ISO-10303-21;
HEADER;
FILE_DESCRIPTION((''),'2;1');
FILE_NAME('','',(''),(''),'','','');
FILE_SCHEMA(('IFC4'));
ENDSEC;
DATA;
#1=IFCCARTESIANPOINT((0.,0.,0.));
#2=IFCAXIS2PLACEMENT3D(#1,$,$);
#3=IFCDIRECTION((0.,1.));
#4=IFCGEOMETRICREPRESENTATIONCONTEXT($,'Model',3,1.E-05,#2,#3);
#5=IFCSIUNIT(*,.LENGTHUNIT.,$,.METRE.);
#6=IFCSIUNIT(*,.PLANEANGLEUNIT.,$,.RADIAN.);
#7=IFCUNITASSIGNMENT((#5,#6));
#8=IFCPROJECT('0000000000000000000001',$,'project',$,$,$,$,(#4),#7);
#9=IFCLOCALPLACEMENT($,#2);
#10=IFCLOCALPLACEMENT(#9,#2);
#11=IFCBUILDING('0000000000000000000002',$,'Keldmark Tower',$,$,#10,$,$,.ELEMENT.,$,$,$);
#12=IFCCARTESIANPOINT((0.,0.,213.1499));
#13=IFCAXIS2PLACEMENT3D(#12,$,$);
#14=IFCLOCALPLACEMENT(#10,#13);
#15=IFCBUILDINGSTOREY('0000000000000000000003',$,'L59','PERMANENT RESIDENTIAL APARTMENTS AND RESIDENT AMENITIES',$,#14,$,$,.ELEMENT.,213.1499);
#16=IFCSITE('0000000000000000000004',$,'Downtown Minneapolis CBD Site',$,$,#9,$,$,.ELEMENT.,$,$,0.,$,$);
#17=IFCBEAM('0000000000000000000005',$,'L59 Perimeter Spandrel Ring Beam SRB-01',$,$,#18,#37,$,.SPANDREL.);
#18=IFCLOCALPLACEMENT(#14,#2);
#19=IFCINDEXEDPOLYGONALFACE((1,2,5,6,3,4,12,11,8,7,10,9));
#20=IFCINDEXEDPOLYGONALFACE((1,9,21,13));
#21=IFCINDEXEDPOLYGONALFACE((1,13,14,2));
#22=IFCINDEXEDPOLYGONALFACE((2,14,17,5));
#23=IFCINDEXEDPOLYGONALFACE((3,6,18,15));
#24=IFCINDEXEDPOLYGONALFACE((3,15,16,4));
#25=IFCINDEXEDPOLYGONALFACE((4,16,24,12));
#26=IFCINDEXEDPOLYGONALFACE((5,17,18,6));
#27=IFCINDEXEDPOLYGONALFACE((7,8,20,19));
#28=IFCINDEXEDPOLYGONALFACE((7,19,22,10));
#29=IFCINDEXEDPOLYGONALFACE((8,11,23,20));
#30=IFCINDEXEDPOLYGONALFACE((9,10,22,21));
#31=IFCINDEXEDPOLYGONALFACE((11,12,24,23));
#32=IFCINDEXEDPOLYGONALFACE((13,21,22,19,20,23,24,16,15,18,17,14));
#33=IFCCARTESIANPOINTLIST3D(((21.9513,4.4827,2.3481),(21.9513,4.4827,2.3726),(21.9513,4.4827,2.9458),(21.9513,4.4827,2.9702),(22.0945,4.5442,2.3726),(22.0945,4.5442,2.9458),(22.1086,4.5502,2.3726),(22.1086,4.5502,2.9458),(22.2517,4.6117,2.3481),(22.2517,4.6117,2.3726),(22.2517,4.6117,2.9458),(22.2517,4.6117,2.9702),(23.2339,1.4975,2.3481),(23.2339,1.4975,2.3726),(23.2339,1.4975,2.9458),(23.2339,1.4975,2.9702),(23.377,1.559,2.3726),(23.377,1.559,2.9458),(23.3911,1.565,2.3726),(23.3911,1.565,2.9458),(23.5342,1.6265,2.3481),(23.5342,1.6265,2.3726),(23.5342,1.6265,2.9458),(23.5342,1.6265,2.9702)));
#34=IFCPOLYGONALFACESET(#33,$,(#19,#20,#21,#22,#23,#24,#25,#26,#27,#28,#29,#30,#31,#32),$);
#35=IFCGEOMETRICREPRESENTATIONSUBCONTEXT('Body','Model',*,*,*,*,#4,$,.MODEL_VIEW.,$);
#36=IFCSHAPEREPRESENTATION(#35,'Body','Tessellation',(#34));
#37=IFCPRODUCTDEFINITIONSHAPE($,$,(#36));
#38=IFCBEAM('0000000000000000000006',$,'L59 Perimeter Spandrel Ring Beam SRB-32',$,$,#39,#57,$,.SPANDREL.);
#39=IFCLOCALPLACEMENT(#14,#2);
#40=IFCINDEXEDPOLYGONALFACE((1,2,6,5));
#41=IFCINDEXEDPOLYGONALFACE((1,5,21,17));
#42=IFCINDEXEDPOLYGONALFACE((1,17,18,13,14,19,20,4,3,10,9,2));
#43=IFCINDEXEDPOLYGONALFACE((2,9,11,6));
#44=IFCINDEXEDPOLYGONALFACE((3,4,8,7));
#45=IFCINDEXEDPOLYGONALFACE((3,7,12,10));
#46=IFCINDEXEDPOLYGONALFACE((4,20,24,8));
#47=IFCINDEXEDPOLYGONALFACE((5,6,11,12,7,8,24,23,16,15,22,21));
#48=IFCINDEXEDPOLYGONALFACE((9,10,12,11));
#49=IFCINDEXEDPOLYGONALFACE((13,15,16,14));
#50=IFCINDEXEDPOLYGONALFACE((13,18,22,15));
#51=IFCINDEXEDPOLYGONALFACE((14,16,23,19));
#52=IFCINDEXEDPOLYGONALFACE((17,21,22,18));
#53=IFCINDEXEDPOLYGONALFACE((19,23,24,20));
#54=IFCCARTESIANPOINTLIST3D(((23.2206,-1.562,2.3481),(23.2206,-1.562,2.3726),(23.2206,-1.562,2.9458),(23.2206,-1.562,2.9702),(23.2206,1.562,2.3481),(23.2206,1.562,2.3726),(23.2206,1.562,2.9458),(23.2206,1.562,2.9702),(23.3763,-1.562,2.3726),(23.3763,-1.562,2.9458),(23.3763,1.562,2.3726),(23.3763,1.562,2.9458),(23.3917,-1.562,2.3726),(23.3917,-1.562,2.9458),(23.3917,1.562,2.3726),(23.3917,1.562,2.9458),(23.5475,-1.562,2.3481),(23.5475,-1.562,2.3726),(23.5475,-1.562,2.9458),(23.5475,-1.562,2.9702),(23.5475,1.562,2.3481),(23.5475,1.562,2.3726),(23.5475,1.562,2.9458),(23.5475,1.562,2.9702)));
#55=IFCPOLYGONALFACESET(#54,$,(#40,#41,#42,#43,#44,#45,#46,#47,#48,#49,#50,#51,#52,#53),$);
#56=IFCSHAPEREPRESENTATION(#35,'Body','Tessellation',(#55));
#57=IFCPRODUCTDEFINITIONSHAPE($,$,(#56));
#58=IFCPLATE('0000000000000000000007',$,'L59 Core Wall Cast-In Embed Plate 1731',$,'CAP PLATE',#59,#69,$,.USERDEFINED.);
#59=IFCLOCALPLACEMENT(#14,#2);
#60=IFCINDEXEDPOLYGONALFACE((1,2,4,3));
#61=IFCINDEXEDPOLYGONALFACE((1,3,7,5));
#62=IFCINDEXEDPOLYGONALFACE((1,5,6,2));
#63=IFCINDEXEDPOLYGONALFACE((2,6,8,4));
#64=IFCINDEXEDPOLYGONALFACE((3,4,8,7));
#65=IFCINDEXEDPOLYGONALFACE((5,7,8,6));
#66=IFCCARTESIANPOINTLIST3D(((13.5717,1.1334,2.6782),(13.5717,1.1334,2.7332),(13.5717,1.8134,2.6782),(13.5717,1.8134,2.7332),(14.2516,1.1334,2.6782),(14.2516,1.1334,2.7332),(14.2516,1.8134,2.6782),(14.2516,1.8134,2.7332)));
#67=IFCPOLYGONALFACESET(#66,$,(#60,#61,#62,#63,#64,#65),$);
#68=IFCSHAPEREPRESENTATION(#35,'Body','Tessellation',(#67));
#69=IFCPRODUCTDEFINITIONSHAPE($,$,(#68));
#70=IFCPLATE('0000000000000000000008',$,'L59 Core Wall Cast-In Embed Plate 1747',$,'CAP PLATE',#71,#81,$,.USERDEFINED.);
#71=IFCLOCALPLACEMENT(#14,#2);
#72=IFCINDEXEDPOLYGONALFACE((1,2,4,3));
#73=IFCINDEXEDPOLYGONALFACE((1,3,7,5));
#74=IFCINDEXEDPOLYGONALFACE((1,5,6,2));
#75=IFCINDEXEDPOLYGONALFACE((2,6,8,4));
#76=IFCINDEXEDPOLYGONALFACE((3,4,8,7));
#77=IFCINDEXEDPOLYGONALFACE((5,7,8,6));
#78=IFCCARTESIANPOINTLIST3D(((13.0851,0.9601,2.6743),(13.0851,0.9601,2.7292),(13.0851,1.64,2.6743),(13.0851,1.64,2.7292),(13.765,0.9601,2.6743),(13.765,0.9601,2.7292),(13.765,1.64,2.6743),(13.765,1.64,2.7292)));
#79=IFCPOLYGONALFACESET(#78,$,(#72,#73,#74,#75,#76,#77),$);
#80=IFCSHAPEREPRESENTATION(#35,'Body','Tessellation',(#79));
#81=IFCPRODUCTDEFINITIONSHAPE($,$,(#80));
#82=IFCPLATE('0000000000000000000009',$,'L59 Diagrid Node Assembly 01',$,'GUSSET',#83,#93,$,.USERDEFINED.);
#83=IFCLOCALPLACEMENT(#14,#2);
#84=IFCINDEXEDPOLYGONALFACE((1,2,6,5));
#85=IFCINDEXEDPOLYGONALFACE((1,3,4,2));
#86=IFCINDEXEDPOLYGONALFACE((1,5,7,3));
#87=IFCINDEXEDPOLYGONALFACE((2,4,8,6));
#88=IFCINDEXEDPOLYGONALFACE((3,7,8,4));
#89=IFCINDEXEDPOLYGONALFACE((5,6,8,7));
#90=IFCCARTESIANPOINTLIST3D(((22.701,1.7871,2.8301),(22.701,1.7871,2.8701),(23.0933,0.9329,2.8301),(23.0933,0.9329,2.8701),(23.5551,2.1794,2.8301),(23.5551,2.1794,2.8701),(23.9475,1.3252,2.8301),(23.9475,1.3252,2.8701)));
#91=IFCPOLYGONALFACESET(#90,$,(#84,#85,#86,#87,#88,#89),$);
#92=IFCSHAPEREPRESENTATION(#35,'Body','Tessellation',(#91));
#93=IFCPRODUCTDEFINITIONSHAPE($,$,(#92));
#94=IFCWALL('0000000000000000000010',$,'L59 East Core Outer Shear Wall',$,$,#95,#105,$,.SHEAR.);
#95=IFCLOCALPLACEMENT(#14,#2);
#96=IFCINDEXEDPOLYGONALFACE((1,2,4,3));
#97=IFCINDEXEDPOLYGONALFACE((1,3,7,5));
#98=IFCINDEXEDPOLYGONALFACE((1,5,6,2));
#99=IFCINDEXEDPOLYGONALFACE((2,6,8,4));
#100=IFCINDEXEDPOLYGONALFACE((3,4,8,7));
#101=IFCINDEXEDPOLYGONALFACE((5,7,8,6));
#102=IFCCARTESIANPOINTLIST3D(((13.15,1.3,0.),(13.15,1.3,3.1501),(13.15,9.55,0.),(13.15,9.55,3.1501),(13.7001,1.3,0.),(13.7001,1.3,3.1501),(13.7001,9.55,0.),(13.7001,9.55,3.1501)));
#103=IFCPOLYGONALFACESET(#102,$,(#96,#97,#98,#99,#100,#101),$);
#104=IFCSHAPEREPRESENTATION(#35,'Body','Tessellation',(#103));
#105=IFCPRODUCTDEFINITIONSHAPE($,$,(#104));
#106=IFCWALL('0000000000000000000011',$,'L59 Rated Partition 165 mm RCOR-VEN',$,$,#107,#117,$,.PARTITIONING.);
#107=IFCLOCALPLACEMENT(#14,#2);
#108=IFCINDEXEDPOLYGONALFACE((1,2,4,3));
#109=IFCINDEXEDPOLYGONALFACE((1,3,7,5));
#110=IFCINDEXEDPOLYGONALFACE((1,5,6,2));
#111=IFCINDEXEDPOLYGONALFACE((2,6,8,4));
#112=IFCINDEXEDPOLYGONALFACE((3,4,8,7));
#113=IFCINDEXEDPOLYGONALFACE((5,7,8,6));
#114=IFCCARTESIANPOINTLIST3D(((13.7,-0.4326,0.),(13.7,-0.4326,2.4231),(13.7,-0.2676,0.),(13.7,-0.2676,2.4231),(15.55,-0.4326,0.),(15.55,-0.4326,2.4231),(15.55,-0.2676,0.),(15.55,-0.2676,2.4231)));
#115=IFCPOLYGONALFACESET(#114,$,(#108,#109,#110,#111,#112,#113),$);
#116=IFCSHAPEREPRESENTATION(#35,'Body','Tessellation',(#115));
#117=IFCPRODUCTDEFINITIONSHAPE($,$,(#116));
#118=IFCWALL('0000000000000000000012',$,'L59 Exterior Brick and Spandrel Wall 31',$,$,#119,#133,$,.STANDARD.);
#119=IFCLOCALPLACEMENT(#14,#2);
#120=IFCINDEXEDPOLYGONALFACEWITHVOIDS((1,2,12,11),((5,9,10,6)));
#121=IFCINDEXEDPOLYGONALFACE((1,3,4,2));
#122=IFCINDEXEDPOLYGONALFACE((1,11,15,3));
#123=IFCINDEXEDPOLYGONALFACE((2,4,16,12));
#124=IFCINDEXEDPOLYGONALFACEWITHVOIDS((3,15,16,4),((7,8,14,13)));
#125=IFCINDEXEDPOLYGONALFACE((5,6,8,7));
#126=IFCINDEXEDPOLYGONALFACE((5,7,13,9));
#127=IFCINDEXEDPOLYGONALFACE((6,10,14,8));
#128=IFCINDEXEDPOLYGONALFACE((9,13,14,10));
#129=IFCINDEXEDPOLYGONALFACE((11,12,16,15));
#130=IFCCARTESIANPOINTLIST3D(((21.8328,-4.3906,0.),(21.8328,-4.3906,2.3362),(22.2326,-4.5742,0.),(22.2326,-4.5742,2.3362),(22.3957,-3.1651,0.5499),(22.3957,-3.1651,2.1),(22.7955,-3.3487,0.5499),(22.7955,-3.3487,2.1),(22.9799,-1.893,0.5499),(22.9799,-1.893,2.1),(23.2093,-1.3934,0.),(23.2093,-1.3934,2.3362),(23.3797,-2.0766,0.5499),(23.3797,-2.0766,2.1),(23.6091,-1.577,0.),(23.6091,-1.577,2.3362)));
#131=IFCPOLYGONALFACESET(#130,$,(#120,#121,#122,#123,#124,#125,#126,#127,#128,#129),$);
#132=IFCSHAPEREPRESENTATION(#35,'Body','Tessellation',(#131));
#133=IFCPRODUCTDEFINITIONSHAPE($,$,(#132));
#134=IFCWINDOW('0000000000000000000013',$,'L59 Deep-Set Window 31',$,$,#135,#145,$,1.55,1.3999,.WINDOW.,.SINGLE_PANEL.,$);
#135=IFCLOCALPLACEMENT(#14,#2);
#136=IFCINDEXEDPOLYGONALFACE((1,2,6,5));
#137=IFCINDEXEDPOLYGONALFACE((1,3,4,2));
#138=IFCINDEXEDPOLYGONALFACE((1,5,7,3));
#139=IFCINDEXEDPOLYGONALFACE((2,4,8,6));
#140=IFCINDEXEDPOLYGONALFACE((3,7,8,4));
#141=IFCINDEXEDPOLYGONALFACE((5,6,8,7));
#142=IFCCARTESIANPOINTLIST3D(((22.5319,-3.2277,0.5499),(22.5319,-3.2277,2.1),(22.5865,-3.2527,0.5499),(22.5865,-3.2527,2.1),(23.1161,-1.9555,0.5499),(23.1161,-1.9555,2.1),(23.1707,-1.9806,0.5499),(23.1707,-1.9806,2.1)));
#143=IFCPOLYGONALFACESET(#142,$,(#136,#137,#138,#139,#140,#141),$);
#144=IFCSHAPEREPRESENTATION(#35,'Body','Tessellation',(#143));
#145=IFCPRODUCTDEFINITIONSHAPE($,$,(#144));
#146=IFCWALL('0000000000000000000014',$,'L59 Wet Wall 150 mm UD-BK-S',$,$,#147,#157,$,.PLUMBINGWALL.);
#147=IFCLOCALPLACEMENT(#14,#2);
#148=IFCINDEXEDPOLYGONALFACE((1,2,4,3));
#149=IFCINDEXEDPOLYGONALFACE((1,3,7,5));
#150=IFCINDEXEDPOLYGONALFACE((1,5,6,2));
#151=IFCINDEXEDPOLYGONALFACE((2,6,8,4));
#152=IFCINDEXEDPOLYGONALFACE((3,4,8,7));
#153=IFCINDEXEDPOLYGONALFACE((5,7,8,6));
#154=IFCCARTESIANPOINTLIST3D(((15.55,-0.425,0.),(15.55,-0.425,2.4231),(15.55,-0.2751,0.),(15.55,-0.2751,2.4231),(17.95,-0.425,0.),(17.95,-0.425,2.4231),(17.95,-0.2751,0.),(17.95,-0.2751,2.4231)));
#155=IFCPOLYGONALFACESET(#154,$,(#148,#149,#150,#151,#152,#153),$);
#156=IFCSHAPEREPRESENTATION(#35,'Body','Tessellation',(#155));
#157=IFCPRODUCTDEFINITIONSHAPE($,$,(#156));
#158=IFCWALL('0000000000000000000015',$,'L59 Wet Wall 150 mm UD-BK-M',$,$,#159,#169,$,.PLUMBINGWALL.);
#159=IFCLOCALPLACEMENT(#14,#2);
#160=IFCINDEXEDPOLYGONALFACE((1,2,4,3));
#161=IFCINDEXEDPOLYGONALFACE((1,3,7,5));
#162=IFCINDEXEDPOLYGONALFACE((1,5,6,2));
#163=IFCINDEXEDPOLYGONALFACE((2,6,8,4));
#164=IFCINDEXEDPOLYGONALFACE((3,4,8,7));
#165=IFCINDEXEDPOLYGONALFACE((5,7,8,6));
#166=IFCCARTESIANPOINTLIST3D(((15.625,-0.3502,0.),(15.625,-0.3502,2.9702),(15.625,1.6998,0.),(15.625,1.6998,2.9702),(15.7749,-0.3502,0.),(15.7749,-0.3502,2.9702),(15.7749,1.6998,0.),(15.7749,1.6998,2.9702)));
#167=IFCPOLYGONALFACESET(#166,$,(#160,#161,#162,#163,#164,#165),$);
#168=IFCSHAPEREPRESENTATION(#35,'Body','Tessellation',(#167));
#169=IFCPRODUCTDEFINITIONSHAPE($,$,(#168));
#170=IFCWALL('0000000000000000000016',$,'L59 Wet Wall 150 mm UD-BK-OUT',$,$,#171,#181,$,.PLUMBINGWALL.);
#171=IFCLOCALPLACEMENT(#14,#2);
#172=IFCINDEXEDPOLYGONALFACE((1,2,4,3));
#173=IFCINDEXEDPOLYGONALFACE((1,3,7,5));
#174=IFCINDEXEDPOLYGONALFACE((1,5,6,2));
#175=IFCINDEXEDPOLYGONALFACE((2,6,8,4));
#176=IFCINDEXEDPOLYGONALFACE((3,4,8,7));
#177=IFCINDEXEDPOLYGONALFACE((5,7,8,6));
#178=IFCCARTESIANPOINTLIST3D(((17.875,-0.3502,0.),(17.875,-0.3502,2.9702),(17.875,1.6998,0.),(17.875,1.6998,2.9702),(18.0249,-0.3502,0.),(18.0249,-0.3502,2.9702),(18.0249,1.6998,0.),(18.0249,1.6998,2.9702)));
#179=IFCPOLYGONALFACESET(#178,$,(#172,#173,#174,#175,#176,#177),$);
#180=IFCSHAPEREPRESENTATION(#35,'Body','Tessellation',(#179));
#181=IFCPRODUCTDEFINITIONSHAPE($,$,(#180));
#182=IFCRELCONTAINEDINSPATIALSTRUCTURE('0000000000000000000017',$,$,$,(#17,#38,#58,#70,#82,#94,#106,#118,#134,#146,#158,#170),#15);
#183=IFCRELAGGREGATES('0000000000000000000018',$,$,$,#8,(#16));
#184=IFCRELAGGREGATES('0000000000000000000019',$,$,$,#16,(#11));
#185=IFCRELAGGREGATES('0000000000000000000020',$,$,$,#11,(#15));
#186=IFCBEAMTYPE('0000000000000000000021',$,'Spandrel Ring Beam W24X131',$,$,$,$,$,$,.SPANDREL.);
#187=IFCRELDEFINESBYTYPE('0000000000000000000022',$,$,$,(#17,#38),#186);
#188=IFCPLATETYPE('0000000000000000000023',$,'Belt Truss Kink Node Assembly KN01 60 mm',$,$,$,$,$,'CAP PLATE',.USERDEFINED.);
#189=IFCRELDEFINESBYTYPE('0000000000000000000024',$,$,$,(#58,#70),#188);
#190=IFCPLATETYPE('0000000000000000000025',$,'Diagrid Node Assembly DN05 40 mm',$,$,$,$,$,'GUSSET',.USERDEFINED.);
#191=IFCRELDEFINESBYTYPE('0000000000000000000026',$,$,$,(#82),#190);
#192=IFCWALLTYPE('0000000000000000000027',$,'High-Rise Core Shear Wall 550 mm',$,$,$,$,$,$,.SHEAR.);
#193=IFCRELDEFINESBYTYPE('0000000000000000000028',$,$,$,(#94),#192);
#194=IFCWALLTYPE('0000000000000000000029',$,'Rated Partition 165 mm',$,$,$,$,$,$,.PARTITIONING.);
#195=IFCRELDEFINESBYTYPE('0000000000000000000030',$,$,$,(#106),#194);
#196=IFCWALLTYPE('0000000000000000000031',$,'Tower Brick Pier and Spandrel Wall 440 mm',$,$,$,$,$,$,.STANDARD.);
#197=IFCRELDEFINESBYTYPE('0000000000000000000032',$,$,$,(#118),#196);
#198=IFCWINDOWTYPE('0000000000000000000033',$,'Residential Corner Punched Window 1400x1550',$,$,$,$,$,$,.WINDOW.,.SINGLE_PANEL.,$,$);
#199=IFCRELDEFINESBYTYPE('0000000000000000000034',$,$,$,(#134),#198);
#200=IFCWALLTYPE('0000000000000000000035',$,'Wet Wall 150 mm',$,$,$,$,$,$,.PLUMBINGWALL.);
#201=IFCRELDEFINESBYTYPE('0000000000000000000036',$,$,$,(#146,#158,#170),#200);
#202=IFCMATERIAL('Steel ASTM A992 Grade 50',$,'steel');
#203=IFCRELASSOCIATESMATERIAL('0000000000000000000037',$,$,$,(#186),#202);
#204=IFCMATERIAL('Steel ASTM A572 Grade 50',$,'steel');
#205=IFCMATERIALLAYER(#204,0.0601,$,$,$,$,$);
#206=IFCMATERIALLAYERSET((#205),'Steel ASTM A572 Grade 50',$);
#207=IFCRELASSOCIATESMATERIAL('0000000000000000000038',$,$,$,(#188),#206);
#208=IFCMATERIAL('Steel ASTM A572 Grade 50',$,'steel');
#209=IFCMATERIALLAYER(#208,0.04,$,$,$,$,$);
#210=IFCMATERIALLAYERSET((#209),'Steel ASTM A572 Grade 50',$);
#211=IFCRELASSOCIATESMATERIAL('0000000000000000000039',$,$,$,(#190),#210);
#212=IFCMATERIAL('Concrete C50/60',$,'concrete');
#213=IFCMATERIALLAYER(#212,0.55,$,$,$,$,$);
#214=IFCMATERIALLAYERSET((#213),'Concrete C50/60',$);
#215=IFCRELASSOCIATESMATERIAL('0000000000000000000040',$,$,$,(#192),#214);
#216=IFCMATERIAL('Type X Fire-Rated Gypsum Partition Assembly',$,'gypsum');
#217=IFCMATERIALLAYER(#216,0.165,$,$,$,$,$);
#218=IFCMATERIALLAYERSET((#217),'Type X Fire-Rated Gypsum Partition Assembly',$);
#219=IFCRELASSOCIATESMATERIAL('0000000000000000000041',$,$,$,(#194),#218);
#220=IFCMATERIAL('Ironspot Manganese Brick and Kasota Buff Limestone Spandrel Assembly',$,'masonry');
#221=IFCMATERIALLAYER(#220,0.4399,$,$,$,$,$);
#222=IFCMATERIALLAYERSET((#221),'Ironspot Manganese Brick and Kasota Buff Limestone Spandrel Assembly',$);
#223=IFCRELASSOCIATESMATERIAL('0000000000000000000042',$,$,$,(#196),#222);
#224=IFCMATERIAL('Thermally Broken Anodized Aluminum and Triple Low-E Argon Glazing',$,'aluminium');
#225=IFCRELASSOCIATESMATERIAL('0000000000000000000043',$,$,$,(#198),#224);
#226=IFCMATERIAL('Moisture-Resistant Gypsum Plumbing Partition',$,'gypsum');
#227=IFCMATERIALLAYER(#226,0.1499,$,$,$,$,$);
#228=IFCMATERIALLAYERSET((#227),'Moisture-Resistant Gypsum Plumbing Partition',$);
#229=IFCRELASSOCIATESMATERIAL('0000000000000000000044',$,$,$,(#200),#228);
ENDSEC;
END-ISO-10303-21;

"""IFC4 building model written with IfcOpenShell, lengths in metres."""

from ifc_helpers import new_model, si_unit, direction, frame, frame_2d, origin, origin_2d, place, context, subcontext, project, spatial, rectangle, i_section, extrude, material, layer, layer_set, material_profile, profile_set, type_object, element, fill, save


model = new_model("IFC4")

# Units and contexts
model_context = context("Model", 3, precision=1e-05, world=origin(), true_north=direction((0.0, 1.0)))
body_context = subcontext(model_context, "Body", "Model", "MODEL_VIEW")
ifc_project = project(units=[si_unit("LENGTHUNIT", "METRE"), si_unit("PLANEANGLEUNIT", "RADIAN")], contexts=[model_context])

# Site, building, storey
site_placement = place(None, origin())
site = spatial("IfcSite", under=ifc_project, at=site_placement, Name="Downtown Minneapolis CBD Site", CompositionType="ELEMENT", RefElevation=0.0)
building_placement = place(site_placement, origin())
building = spatial("IfcBuilding", under=site, at=building_placement, Name="Keldmark Tower", CompositionType="ELEMENT")
storey_placement = place(building_placement, frame((0.0, 0.0, 213.1499)))
storey = spatial("IfcBuildingStorey", under=building, at=storey_placement, Name="L59", Description="PERMANENT RESIDENTIAL APARTMENTS AND RESIDENT AMENITIES", CompositionType="ELEMENT", Elevation=213.1499)

# Beams
ifc_material_1 = material(Name="Steel ASTM A992 Grade 50", Category="steel")
ifc_material_profile_1 = material_profile(ifc_material_1, i_section(OverallWidth=0.3269, OverallDepth=0.6221, WebThickness=0.0154, FlangeThickness=0.0244, at=origin_2d()), Name="W24X131")
ifc_profile_set_1 = profile_set([ifc_material_profile_1], Name="Steel ASTM A992 Grade 50")
beam_type_1 = type_object("IfcBeamType", Name="Spandrel Ring Beam W24X131", PredefinedType="SPANDREL", material=ifc_profile_set_1)
beam_1_placement = place(storey_placement, frame((23.384, 1.562, 2.6592), z_axis=(-0.394735, 0.918795, 0.0), x_axis=(-0.918795, -0.394735, 0.0)))
element("IfcBeam", 1, at=beam_1_placement, inside=storey, type_object=beam_type_1, Name="L59 Perimeter Spandrel Ring Beam SRB-01", PredefinedType="SPANDREL", context=body_context, shape_type="SweptSolid", body=[
    extrude(i_section(OverallWidth=0.3269, OverallDepth=0.6221, WebThickness=0.0154, FlangeThickness=0.0244, at=origin_2d()), origin(), (0.0, 0.0, 1.0), 3.249),
])
beam_2_placement = place(storey_placement, frame((23.384, -1.562, 2.6592), z_axis=(0.0, 1.0, 0.0), x_axis=(-1.0, 0.0, 0.0)))
element("IfcBeam", 2, at=beam_2_placement, inside=storey, type_object=beam_type_1, Name="L59 Perimeter Spandrel Ring Beam SRB-32", PredefinedType="SPANDREL", context=body_context, shape_type="SweptSolid", body=[
    extrude(i_section(OverallWidth=0.3269, OverallDepth=0.6221, WebThickness=0.0154, FlangeThickness=0.0244, at=origin_2d()), origin(), (0.0, 0.0, 1.0), 3.124),
])

# Plates
ifc_material_2 = material(Name="Steel ASTM A572 Grade 50", Category="steel")
ifc_layer_1 = layer(ifc_material_2, 0.0601)
ifc_layer_set_1 = layer_set([ifc_layer_1], Name="Steel ASTM A572 Grade 50")
plate_type_1 = type_object("IfcPlateType", Name="Belt Truss Kink Node Assembly KN01 60 mm", ElementType="CAP PLATE", PredefinedType="USERDEFINED", material=ifc_layer_set_1)
for number, where, z_axis, x_axis, name in (
    (3, (13.9116, 1.4734, 2.6782), (0.0, 0.0, 1.0), (1.0, 0.0, 0.0), "L59 Core Wall Cast-In Embed Plate 1731"),
    (4, (13.425, 1.3, 2.6743), (0.0, 0.0, 1.0), (1.0, 0.0, 0.0), "L59 Core Wall Cast-In Embed Plate 1747"),
):
    element("IfcPlate", number, at=place(storey_placement, frame(where, z_axis=z_axis, x_axis=x_axis)), inside=storey, type_object=plate_type_1, Name=name, ObjectType="CAP PLATE", PredefinedType="USERDEFINED", context=body_context, shape_type="SweptSolid", body=[
        extrude(rectangle(XDim=0.6799, YDim=0.6799, at=origin_2d()), origin(), (0.0, 0.0, 1.0), 0.0549),
    ])
ifc_material_3 = material(Name="Steel ASTM A572 Grade 50", Category="steel")
ifc_layer_2 = layer(ifc_material_3, 0.04)
ifc_layer_set_2 = layer_set([ifc_layer_2], Name="Steel ASTM A572 Grade 50")
plate_type_2 = type_object("IfcPlateType", Name="Diagrid Node Assembly DN05 40 mm", ElementType="GUSSET", PredefinedType="USERDEFINED", material=ifc_layer_set_2)
plate_placement = place(storey_placement, frame((23.3242, 1.5562, 2.8301), z_axis=(0.0, 0.0, 1.0), x_axis=(-0.417391, 0.908727, 0.0)))
element("IfcPlate", 5, at=plate_placement, inside=storey, type_object=plate_type_2, Name="L59 Diagrid Node Assembly 01", ObjectType="GUSSET", PredefinedType="USERDEFINED", context=body_context, shape_type="SweptSolid", body=[
    extrude(rectangle(XDim=0.9399, YDim=0.9399, at=origin_2d()), origin(), (0.0, 0.0, 1.0), 0.04),
])

# Wall
ifc_material_4 = material(Name="Concrete C50/60", Category="concrete")
ifc_layer_3 = layer(ifc_material_4, 0.55)
ifc_layer_set_3 = layer_set([ifc_layer_3], Name="Concrete C50/60")
wall_type_1 = type_object("IfcWallType", Name="High-Rise Core Shear Wall 550 mm", PredefinedType="SHEAR", material=ifc_layer_set_3)
wall_1_placement = place(storey_placement, frame((13.425, 1.3, 0.0), z_axis=(0.0, 0.0, 1.0), x_axis=(0.0, 1.0, 0.0)))
element("IfcWall", 6, at=wall_1_placement, inside=storey, type_object=wall_type_1, Name="L59 East Core Outer Shear Wall", PredefinedType="SHEAR", context=body_context, shape_type="SweptSolid", body=[
    extrude(rectangle(XDim=8.25, YDim=0.55, at=frame_2d((4.125, 0.0))), origin(), (0.0, 0.0, 1.0), 3.1501),
])

# Shared definitions
ifc_material_5 = material(Name="Type X Fire-Rated Gypsum Partition Assembly", Category="gypsum")
ifc_layer_4 = layer(ifc_material_5, 0.165)
ifc_layer_set_4 = layer_set([ifc_layer_4], Name="Type X Fire-Rated Gypsum Partition Assembly")
wall_type_2 = type_object("IfcWallType", Name="Rated Partition 165 mm", PredefinedType="PARTITIONING", material=ifc_layer_set_4)

# Wall
wall_2_placement = place(storey_placement, frame((13.7, -0.3501, 0.0), z_axis=(0.0, 0.0, 1.0), x_axis=(1.0, 0.0, 0.0)))
element("IfcWall", 7, at=wall_2_placement, inside=storey, type_object=wall_type_2, Name="L59 Rated Partition 165 mm RCOR-VEN", PredefinedType="PARTITIONING", context=body_context, shape_type="SweptSolid", body=[
    extrude(rectangle(XDim=1.8501, YDim=0.165, at=frame_2d((0.925, 0.0))), origin(), (0.0, 0.0, 1.0), 2.4231),
])

# Wall, opening, window
ifc_material_6 = material(Name="Ironspot Manganese Brick and Kasota Buff Limestone Spandrel Assembly", Category="masonry")
ifc_layer_5 = layer(ifc_material_6, 0.4399)
ifc_layer_set_5 = layer_set([ifc_layer_5], Name="Ironspot Manganese Brick and Kasota Buff Limestone Spandrel Assembly")
wall_type_3 = type_object("IfcWallType", Name="Tower Brick Pier and Spandrel Wall 440 mm", PredefinedType="STANDARD", material=ifc_layer_set_5)
wall_3_placement = place(storey_placement, frame((23.4092, -1.4854, 0.0), z_axis=(0.0, 0.0, 1.0), x_axis=(-0.417358, -0.908742, 0.0)))
wall_3 = element("IfcWall", 8, at=wall_3_placement, inside=storey, type_object=wall_type_3, Name="L59 Exterior Brick and Spandrel Wall 31", PredefinedType="STANDARD", context=body_context, shape_type="SweptSolid", body=[
    extrude(rectangle(XDim=3.2981, YDim=0.4399, at=frame_2d((1.6489, 0.0))), origin(), (0.0, 0.0, 1.0), 2.3362),
])
opening_1_placement = place(wall_3_placement, frame((0.5496, 0.0, 0.55)))
opening_1 = element("IfcOpeningElement", 9, at=opening_1_placement, cuts=wall_3, PredefinedType="OPENING", context=body_context, shape_type="SweptSolid", body=[
    extrude(rectangle(XDim=1.3999, YDim=1.55, at=frame_2d((0.7, 0.7749))), frame((0.0, 0.23, 0.0), z_axis=(0.0, -1.0, 0.0), x_axis=(1.0, 0.0, 0.0)), (0.0, 0.0, 1.0), 0.46),
])
ifc_material_7 = material(Name="Thermally Broken Anodized Aluminum and Triple Low-E Argon Glazing", Category="aluminium")
window_type = type_object("IfcWindowType", Name="Residential Corner Punched Window 1400x1550", PartitioningType="SINGLE_PANEL", PredefinedType="WINDOW", material=ifc_material_7)
window_placement = place(opening_1_placement, origin())
window = element("IfcWindow", 10, at=window_placement, inside=storey, type_object=window_type, Name="L59 Deep-Set Window 31", OverallHeight=1.55, OverallWidth=1.3999, PartitioningType="SINGLE_PANEL", PredefinedType="WINDOW", context=body_context, shape_type="SweptSolid", body=[
    extrude(rectangle(XDim=1.3999, YDim=1.55, at=frame_2d((0.7, 0.7749))), frame((0.0, -0.01, 0.0), z_axis=(0.0, -1.0, 0.0), x_axis=(1.0, 0.0, 0.0)), (0.0, 0.0, 1.0), 0.0601),
])
fill(opening_1, window)

# Walls
ifc_material_8 = material(Name="Moisture-Resistant Gypsum Plumbing Partition", Category="gypsum")
ifc_layer_6 = layer(ifc_material_8, 0.1499)
ifc_layer_set_6 = layer_set([ifc_layer_6], Name="Moisture-Resistant Gypsum Plumbing Partition")
wall_type_4 = type_object("IfcWallType", Name="Wet Wall 150 mm", PredefinedType="PLUMBINGWALL", material=ifc_layer_set_6)
wall_4_placement = place(storey_placement, frame((15.55, -0.3501, 0.0), z_axis=(0.0, 0.0, 1.0), x_axis=(1.0, 0.0, 0.0)))
element("IfcWall", 11, at=wall_4_placement, inside=storey, type_object=wall_type_4, Name="L59 Wet Wall 150 mm UD-BK-S", PredefinedType="PLUMBINGWALL", context=body_context, shape_type="SweptSolid", body=[
    extrude(rectangle(XDim=2.3999, YDim=0.1499, at=frame_2d((1.2, 0.0))), origin(), (0.0, 0.0, 1.0), 2.4231),
])
for number, where, z_axis, x_axis, name in (
    (12, (15.7, -0.3501, 0.0), (0.0, 0.0, 1.0), (0.0, 1.0, 0.0), "L59 Wet Wall 150 mm UD-BK-M"),
    (13, (17.95, -0.3501, 0.0), (0.0, 0.0, 1.0), (0.0, 1.0, 0.0), "L59 Wet Wall 150 mm UD-BK-OUT"),
):
    element("IfcWall", number, at=place(storey_placement, frame(where, z_axis=z_axis, x_axis=x_axis)), inside=storey, type_object=wall_type_4, Name=name, PredefinedType="PLUMBINGWALL", context=body_context, shape_type="SweptSolid", body=[
        extrude(rectangle(XDim=2.05, YDim=0.1499, at=frame_2d((1.0249, 0.0))), origin(), (0.0, 0.0, 1.0), 2.9702),
    ])

save(model, "model.ifc")
